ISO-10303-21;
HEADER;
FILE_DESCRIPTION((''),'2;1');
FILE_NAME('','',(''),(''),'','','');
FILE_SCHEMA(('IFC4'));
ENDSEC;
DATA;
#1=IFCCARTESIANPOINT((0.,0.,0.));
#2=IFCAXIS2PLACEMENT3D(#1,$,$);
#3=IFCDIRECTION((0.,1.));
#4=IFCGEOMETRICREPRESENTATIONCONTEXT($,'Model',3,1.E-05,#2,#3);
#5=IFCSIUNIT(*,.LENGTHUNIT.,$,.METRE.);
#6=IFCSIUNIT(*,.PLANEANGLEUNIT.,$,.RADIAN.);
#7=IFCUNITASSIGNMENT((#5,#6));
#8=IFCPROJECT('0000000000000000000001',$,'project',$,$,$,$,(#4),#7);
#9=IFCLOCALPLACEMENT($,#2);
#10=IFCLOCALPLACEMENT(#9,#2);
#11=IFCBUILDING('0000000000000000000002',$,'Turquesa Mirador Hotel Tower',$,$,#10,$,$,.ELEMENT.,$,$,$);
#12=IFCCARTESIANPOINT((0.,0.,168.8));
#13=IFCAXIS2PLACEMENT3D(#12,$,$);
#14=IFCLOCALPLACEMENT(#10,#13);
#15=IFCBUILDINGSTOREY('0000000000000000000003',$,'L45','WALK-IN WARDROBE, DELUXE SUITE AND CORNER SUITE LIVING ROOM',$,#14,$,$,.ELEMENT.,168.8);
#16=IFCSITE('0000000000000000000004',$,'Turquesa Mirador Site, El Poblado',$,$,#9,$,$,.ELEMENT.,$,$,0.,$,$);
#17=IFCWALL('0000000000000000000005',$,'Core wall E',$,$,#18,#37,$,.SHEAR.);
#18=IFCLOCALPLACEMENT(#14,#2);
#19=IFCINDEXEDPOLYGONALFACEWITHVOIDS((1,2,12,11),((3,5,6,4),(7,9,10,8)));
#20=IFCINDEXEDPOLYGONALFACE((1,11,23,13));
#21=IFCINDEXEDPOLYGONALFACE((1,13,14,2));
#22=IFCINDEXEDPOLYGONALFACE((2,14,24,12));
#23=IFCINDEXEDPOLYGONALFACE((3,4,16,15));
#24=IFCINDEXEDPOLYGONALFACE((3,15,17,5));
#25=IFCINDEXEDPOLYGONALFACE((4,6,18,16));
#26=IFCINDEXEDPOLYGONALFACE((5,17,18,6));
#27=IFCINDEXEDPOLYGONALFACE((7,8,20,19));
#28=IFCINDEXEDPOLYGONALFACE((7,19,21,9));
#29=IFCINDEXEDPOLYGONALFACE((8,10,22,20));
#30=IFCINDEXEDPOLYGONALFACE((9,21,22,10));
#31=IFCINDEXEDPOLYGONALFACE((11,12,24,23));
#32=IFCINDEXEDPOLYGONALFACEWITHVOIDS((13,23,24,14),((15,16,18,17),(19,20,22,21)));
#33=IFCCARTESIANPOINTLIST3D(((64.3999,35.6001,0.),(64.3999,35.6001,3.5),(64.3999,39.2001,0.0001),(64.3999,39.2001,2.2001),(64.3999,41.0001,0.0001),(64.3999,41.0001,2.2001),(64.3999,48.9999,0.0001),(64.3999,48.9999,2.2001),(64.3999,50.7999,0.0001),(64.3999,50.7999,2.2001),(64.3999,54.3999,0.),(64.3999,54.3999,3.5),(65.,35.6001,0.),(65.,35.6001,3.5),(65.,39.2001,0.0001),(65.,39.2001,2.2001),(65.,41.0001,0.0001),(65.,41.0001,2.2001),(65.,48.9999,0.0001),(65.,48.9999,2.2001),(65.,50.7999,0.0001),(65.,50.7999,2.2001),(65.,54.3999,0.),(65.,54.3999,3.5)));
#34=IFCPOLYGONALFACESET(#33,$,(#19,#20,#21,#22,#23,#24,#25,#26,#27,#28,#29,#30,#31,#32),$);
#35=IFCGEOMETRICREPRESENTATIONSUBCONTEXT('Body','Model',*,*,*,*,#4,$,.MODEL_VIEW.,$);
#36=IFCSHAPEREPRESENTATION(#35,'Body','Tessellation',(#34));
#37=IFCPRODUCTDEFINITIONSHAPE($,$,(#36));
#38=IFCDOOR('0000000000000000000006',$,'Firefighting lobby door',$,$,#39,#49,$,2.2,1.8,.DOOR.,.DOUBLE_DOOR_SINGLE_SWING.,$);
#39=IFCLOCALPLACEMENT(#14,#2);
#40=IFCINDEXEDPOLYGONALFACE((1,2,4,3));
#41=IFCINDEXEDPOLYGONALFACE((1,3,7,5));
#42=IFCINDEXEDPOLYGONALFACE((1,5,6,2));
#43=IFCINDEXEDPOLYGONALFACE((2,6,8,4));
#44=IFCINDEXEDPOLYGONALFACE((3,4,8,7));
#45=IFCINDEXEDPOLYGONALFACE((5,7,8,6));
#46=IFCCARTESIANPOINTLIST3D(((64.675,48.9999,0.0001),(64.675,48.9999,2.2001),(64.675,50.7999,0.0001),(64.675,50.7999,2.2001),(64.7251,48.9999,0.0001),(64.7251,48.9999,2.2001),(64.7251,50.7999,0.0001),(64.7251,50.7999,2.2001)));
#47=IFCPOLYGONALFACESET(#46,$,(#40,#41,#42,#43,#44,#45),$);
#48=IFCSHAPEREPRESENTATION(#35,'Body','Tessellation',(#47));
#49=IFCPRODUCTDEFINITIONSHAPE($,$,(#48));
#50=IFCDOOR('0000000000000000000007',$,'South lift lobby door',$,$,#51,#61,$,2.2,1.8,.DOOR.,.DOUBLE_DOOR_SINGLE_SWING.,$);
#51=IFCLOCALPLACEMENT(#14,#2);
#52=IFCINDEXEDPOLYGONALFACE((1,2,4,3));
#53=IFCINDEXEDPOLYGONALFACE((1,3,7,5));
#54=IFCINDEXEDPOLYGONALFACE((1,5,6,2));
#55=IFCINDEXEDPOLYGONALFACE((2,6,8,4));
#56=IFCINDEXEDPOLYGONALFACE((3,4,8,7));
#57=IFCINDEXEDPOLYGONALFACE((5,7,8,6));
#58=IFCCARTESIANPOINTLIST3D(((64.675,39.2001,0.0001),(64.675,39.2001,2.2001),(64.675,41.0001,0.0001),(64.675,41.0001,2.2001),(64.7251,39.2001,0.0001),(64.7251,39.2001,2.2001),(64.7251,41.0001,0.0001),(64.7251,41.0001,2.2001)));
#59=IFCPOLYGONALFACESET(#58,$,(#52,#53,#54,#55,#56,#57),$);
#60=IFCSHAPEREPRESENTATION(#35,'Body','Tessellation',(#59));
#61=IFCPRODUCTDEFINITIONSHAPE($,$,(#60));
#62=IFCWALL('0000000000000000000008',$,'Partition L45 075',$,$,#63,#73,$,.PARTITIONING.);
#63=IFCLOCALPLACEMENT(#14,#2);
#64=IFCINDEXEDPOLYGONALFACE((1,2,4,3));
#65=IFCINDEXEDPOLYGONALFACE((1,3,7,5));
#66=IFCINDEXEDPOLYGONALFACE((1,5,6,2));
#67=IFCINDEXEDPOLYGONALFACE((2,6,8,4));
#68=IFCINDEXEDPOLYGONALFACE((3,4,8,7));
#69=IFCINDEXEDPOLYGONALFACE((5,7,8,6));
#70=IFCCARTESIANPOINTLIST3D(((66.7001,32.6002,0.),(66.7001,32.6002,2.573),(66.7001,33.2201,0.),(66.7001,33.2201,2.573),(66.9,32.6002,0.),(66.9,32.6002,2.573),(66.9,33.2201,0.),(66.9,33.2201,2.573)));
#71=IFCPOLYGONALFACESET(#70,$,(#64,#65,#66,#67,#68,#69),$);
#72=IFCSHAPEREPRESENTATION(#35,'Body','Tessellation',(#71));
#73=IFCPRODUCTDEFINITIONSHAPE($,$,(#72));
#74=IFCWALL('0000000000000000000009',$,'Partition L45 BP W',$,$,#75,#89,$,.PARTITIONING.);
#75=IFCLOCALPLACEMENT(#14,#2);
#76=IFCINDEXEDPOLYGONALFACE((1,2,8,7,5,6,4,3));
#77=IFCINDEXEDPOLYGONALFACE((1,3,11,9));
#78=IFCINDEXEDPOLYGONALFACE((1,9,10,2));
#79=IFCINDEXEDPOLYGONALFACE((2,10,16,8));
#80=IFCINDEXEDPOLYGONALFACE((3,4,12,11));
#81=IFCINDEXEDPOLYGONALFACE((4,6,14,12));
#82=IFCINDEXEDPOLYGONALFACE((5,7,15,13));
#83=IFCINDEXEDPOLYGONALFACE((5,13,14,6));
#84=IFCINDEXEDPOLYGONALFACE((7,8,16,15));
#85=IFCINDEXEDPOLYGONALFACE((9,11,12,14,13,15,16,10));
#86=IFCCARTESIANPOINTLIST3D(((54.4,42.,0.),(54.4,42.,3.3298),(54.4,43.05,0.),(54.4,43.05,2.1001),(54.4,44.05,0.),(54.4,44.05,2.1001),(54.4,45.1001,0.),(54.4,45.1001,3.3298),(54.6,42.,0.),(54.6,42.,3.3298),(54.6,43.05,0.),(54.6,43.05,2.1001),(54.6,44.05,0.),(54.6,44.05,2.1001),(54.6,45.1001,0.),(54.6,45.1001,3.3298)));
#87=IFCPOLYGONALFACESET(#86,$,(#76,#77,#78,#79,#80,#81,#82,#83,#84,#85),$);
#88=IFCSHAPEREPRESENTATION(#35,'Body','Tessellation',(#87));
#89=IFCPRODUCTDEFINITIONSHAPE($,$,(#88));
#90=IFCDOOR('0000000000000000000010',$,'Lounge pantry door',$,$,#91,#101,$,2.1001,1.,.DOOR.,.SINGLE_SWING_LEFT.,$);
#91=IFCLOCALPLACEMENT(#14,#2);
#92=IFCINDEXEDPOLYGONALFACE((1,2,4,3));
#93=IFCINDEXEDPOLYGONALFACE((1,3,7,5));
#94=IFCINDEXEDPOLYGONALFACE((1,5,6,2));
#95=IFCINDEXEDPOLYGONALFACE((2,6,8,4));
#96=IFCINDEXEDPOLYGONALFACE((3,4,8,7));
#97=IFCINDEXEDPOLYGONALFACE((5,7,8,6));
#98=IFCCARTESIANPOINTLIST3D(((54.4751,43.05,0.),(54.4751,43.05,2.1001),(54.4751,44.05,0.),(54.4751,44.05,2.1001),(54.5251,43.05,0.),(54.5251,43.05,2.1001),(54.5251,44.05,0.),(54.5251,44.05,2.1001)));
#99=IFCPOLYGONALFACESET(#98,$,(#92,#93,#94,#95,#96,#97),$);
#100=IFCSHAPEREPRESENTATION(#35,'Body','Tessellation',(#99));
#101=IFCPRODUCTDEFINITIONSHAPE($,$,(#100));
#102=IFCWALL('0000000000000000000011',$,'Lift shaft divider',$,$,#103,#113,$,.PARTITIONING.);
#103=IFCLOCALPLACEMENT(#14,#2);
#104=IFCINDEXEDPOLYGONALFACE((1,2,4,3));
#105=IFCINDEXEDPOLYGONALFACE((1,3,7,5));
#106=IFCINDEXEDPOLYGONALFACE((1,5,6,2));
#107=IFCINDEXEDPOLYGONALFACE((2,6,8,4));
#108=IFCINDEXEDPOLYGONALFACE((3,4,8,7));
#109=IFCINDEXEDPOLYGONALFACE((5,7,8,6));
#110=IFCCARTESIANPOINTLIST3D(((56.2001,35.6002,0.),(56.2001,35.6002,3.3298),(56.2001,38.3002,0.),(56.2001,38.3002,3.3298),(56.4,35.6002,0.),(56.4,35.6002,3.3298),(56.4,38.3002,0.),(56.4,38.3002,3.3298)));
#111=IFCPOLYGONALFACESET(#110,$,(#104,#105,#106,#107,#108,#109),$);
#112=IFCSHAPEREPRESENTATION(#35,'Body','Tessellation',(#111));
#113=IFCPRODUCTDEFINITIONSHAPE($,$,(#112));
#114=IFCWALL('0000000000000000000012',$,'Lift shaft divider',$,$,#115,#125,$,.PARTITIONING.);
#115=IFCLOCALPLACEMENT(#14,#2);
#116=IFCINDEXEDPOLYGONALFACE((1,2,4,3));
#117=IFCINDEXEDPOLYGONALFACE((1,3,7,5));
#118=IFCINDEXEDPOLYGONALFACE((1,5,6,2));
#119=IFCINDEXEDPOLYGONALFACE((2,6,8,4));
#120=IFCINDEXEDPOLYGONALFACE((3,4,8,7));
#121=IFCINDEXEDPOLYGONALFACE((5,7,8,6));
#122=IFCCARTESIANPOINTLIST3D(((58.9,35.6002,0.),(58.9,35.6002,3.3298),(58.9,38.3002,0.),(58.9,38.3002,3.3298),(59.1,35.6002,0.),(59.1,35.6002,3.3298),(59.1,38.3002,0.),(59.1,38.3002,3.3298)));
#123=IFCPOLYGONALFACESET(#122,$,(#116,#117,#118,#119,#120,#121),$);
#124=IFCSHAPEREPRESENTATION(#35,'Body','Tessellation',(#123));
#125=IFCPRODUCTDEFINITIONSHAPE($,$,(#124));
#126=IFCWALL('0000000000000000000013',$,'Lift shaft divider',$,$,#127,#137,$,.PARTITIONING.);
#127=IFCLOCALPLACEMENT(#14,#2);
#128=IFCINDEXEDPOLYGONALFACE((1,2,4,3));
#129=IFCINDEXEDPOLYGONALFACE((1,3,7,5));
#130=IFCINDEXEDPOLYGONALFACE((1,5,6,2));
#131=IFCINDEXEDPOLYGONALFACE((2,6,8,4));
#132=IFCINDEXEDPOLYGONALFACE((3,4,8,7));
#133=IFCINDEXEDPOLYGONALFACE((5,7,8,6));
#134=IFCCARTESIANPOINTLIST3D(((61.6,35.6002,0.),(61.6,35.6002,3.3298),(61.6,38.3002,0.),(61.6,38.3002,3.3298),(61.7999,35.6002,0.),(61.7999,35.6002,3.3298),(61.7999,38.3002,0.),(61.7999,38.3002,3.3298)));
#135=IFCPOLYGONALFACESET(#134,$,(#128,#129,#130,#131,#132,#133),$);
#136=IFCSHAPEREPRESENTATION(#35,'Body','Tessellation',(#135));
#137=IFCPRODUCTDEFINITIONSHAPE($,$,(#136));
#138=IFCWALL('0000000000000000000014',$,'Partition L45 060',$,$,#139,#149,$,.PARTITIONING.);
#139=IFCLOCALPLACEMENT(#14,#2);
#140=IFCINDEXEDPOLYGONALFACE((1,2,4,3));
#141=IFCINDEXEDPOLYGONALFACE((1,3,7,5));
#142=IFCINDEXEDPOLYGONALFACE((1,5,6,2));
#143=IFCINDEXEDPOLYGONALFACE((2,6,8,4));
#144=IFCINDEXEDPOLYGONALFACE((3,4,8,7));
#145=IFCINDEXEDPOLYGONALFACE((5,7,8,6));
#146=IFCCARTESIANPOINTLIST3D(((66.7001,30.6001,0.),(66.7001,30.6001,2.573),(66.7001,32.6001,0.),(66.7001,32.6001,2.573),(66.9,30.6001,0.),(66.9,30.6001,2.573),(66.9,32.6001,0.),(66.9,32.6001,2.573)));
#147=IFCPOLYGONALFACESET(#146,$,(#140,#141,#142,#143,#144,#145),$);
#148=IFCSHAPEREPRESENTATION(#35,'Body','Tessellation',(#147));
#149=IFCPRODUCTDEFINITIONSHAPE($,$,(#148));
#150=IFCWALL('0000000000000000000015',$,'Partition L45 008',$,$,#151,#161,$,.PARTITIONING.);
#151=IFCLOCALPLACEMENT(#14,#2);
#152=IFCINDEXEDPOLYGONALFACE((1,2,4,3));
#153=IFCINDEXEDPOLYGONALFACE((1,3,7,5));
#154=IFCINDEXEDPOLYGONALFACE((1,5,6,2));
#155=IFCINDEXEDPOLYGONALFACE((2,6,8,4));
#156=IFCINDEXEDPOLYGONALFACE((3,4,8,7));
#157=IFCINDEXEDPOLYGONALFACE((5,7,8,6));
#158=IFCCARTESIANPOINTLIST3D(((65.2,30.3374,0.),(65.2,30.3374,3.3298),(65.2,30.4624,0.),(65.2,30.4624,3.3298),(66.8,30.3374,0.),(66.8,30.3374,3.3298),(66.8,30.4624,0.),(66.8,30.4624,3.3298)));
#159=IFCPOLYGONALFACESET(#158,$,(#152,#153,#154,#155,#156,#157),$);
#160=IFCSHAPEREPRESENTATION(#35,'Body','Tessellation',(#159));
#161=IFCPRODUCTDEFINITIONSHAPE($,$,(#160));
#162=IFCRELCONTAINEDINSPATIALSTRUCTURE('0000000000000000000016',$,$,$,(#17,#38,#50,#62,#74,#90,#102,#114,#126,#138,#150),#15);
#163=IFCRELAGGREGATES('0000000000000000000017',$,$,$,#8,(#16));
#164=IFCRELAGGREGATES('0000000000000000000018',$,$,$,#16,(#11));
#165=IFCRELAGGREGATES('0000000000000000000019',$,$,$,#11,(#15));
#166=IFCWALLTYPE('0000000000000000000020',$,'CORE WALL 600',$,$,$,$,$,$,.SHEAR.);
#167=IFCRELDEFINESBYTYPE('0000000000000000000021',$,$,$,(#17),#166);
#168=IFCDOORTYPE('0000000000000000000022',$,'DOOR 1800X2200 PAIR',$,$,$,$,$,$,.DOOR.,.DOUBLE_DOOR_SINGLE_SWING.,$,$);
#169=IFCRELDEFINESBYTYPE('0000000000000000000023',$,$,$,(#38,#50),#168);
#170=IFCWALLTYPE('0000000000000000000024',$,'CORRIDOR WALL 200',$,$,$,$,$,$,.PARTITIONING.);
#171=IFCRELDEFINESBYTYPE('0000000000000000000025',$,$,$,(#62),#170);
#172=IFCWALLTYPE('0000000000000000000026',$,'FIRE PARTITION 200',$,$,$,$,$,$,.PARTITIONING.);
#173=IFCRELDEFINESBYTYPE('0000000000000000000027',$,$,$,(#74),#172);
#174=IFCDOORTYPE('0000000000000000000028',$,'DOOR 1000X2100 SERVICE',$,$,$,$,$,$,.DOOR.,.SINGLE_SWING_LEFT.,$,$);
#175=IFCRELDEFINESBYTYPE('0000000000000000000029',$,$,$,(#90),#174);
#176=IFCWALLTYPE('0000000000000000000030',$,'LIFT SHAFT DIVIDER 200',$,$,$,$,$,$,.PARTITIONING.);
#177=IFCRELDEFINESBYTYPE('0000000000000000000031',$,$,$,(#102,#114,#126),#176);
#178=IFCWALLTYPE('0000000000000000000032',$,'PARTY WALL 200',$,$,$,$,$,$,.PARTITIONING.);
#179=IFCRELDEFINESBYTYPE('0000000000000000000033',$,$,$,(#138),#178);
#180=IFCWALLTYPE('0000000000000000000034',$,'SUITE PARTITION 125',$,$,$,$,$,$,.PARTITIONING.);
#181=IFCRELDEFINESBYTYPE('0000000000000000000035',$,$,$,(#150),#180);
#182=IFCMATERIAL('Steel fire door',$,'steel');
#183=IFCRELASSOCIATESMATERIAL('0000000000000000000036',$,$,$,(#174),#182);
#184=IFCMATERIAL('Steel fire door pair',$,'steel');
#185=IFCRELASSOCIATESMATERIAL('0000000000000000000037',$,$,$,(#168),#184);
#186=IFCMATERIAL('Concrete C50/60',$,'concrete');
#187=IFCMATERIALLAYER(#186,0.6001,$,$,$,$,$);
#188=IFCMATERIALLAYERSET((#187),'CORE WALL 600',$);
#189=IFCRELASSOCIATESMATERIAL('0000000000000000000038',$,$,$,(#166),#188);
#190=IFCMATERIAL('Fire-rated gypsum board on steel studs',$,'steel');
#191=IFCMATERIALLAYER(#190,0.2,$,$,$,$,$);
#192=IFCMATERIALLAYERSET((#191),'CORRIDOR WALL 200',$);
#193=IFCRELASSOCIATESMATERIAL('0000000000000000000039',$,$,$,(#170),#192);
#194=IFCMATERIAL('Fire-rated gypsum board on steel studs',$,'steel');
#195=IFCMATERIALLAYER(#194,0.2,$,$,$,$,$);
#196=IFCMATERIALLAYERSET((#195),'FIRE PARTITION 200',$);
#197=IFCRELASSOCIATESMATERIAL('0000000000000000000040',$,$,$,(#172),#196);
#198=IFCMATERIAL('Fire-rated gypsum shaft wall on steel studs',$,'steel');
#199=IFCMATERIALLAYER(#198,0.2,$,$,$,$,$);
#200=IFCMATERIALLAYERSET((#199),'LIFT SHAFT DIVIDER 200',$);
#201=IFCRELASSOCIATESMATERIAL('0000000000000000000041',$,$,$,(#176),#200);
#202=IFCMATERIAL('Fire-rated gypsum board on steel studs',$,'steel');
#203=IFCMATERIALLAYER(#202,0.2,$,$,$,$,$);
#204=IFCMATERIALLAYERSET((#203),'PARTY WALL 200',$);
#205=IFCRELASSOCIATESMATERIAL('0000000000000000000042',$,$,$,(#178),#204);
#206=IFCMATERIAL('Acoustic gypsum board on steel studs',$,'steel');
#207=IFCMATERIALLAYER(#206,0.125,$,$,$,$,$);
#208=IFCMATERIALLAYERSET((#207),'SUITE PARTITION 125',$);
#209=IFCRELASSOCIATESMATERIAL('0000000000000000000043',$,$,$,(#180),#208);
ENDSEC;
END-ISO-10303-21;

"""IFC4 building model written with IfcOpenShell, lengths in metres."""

from ifc_helpers import new_model, si_unit, direction, frame, frame_2d, origin, place, context, subcontext, project, spatial, rectangle, extrude, material, layer, layer_set, type_object, element, fill, save


model = new_model("IFC4")

# Units and contexts
model_context = context("Model", 3, precision=1e-05, world=origin(), true_north=direction((0.0, 1.0)))
body_context = subcontext(model_context, "Body", "Model", "MODEL_VIEW")
ifc_project = project(units=[si_unit("LENGTHUNIT", "METRE"), si_unit("PLANEANGLEUNIT", "RADIAN")], contexts=[model_context])

# Site, building, storey
site_placement = place(None, origin())
site = spatial("IfcSite", under=ifc_project, at=site_placement, Name="Turquesa Mirador Site, El Poblado", CompositionType="ELEMENT", RefElevation=0.0)
building_placement = place(site_placement, origin())
building = spatial("IfcBuilding", under=site, at=building_placement, Name="Turquesa Mirador Hotel Tower", CompositionType="ELEMENT")
storey_placement = place(building_placement, frame((0.0, 0.0, 168.8)))
storey = spatial("IfcBuildingStorey", under=building, at=storey_placement, Name="L45", Description="WALK-IN WARDROBE, DELUXE SUITE AND CORNER SUITE LIVING ROOM", CompositionType="ELEMENT", Elevation=168.8)

# Shared definitions
ifc_material_1 = material(Name="Steel fire door", Category="steel")
door_type_1 = type_object("IfcDoorType", Name="DOOR 1000X2100 SERVICE", OperationType="SINGLE_SWING_LEFT", PredefinedType="DOOR", material=ifc_material_1)
ifc_material_2 = material(Name="Steel fire door pair", Category="steel")
door_type_2 = type_object("IfcDoorType", Name="DOOR 1800X2200 PAIR", OperationType="DOUBLE_DOOR_SINGLE_SWING", PredefinedType="DOOR", material=ifc_material_2)

# Wall, openings, doors
ifc_material_3 = material(Name="Concrete C50/60", Category="concrete")
ifc_layer_1 = layer(ifc_material_3, 0.6001)
ifc_layer_set_1 = layer_set([ifc_layer_1], Name="CORE WALL 600")
wall_type_1 = type_object("IfcWallType", Name="CORE WALL 600", PredefinedType="SHEAR", material=ifc_layer_set_1)
wall_1_placement = place(storey_placement, frame((64.7, 35.6001, 0.0), z_axis=(0.0, 0.0, 1.0), x_axis=(0.0, 1.0, 0.0)))
wall_1 = element("IfcWall", 1, at=wall_1_placement, inside=storey, type_object=wall_type_1, Name="Core wall E", PredefinedType="SHEAR", context=body_context, shape_type="SweptSolid", body=[
    extrude(rectangle(XDim=18.7998, YDim=0.6001, at=frame_2d((9.3999, 0.0))), origin(), (0.0, 0.0, 1.0), 3.5),
])
opening_1_placement = place(wall_1_placement, frame((13.3999, 0.0, 0.0)))
opening_1 = element("IfcOpeningElement", 2, at=opening_1_placement, cuts=wall_1, PredefinedType="OPENING", context=body_context, shape_type="SweptSolid", body=[
    extrude(rectangle(XDim=1.8, YDim=2.2, at=frame_2d((0.8999, 1.1001))), frame((0.0, 0.3101, 0.0), z_axis=(0.0, -1.0, 0.0), x_axis=(1.0, 0.0, 0.0)), (0.0, 0.0, 1.0), 0.6201),
])
opening_2_placement = place(wall_1_placement, frame((3.6001, 0.0, 0.0)))
opening_2 = element("IfcOpeningElement", 3, at=opening_2_placement, cuts=wall_1, PredefinedType="OPENING", context=body_context, shape_type="SweptSolid", body=[
    extrude(rectangle(XDim=1.8, YDim=2.2, at=frame_2d((0.8999, 1.1001))), frame((0.0, 0.3101, 0.0), z_axis=(0.0, -1.0, 0.0), x_axis=(1.0, 0.0, 0.0)), (0.0, 0.0, 1.0), 0.6201),
])
door_1_placement = place(opening_1_placement, origin())
door_1 = element("IfcDoor", 4, at=door_1_placement, inside=storey, type_object=door_type_2, Name="Firefighting lobby door", OperationType="DOUBLE_DOOR_SINGLE_SWING", OverallHeight=2.2, OverallWidth=1.8, PredefinedType="DOOR", context=body_context, shape_type="SweptSolid", body=[
    extrude(rectangle(XDim=1.8, YDim=2.2, at=frame_2d((0.8999, 1.1001))), frame((0.0, 0.0249, 0.0), z_axis=(0.0, -1.0, 0.0), x_axis=(1.0, 0.0, 0.0)), (0.0, 0.0, 1.0), 0.05),
])
fill(opening_1, door_1)
door_2_placement = place(opening_2_placement, origin())
door_2 = element("IfcDoor", 5, at=door_2_placement, inside=storey, type_object=door_type_2, Name="South lift lobby door", OperationType="DOUBLE_DOOR_SINGLE_SWING", OverallHeight=2.2, OverallWidth=1.8, PredefinedType="DOOR", context=body_context, shape_type="SweptSolid", body=[
    extrude(rectangle(XDim=1.8, YDim=2.2, at=frame_2d((0.8999, 1.1001))), frame((0.0, 0.0249, 0.0), z_axis=(0.0, -1.0, 0.0), x_axis=(1.0, 0.0, 0.0)), (0.0, 0.0, 1.0), 0.05),
])
fill(opening_2, door_2)

# Wall
ifc_material_4 = material(Name="Fire-rated gypsum board on steel studs", Category="steel")
ifc_layer_2 = layer(ifc_material_4, 0.2)
ifc_layer_set_2 = layer_set([ifc_layer_2], Name="CORRIDOR WALL 200")
wall_type_2 = type_object("IfcWallType", Name="CORRIDOR WALL 200", PredefinedType="PARTITIONING", material=ifc_layer_set_2)
wall_2_placement = place(storey_placement, frame((66.8, 32.6001, 0.0), z_axis=(0.0, 0.0, 1.0), x_axis=(0.0, 1.0, 0.0)))
element("IfcWall", 6, at=wall_2_placement, inside=storey, type_object=wall_type_2, Name="Partition L45 075", PredefinedType="PARTITIONING", context=body_context, shape_type="SweptSolid", body=[
    extrude(rectangle(XDim=0.6199, YDim=0.2, at=frame_2d((0.3101, 0.0))), origin(), (0.0, 0.0, 1.0), 2.573),
])

# Wall, opening, door
ifc_material_5 = material(Name="Fire-rated gypsum board on steel studs", Category="steel")
ifc_layer_3 = layer(ifc_material_5, 0.2)
ifc_layer_set_3 = layer_set([ifc_layer_3], Name="FIRE PARTITION 200")
wall_type_3 = type_object("IfcWallType", Name="FIRE PARTITION 200", PredefinedType="PARTITIONING", material=ifc_layer_set_3)
wall_3_placement = place(storey_placement, frame((54.5, 42.0, 0.0), z_axis=(0.0, 0.0, 1.0), x_axis=(0.0, 1.0, 0.0)))
wall_3 = element("IfcWall", 7, at=wall_3_placement, inside=storey, type_object=wall_type_3, Name="Partition L45 BP W", PredefinedType="PARTITIONING", context=body_context, shape_type="SweptSolid", body=[
    extrude(rectangle(XDim=3.1001, YDim=0.2, at=frame_2d((1.55, 0.0))), origin(), (0.0, 0.0, 1.0), 3.3298),
])
opening_3_placement = place(wall_3_placement, frame((1.05, 0.0, 0.0)))
opening_3 = element("IfcOpeningElement", 8, at=opening_3_placement, cuts=wall_3, PredefinedType="OPENING", context=body_context, shape_type="SweptSolid", body=[
    extrude(rectangle(XDim=1.0, YDim=2.1001, at=frame_2d((0.5, 1.05))), frame((0.0, 0.1099, 0.0), z_axis=(0.0, -1.0, 0.0), x_axis=(1.0, 0.0, 0.0)), (0.0, 0.0, 1.0), 0.22),
])
door_3_placement = place(opening_3_placement, origin())
door_3 = element("IfcDoor", 9, at=door_3_placement, inside=storey, type_object=door_type_1, Name="Lounge pantry door", OperationType="SINGLE_SWING_LEFT", OverallHeight=2.1001, OverallWidth=1.0, PredefinedType="DOOR", context=body_context, shape_type="SweptSolid", body=[
    extrude(rectangle(XDim=1.0, YDim=2.1001, at=frame_2d((0.5, 1.05))), frame((0.0, 0.0249, 0.0), z_axis=(0.0, -1.0, 0.0), x_axis=(1.0, 0.0, 0.0)), (0.0, 0.0, 1.0), 0.05),
])
fill(opening_3, door_3)

# Walls
ifc_material_6 = material(Name="Fire-rated gypsum shaft wall on steel studs", Category="steel")
ifc_layer_4 = layer(ifc_material_6, 0.2)
ifc_layer_set_4 = layer_set([ifc_layer_4], Name="LIFT SHAFT DIVIDER 200")
wall_type_4 = type_object("IfcWallType", Name="LIFT SHAFT DIVIDER 200", PredefinedType="PARTITIONING", material=ifc_layer_set_4)
for number, where, z_axis, x_axis, name in (
    (10, (56.3, 35.6001, 0.0), (0.0, 0.0, 1.0), (0.0, 1.0, 0.0), "Lift shaft divider"),
    (11, (59.0, 35.6001, 0.0), (0.0, 0.0, 1.0), (0.0, 1.0, 0.0), "Lift shaft divider"),
    (12, (61.7, 35.6001, 0.0), (0.0, 0.0, 1.0), (0.0, 1.0, 0.0), "Lift shaft divider"),
):
    element("IfcWall", number, at=place(storey_placement, frame(where, z_axis=z_axis, x_axis=x_axis)), inside=storey, type_object=wall_type_4, Name=name, PredefinedType="PARTITIONING", context=body_context, shape_type="SweptSolid", body=[
        extrude(rectangle(XDim=2.7, YDim=0.2, at=frame_2d((1.3501, 0.0))), origin(), (0.0, 0.0, 1.0), 3.3298),
    ])
ifc_material_7 = material(Name="Fire-rated gypsum board on steel studs", Category="steel")
ifc_layer_5 = layer(ifc_material_7, 0.2)
ifc_layer_set_5 = layer_set([ifc_layer_5], Name="PARTY WALL 200")
wall_type_5 = type_object("IfcWallType", Name="PARTY WALL 200", PredefinedType="PARTITIONING", material=ifc_layer_set_5)
wall_4_placement = place(storey_placement, frame((66.8, 30.6001, 0.0), z_axis=(0.0, 0.0, 1.0), x_axis=(0.0, 1.0, 0.0)))
element("IfcWall", 13, at=wall_4_placement, inside=storey, type_object=wall_type_5, Name="Partition L45 060", PredefinedType="PARTITIONING", context=body_context, shape_type="SweptSolid", body=[
    extrude(rectangle(XDim=2.0, YDim=0.2, at=frame_2d((1.0, 0.0))), origin(), (0.0, 0.0, 1.0), 2.573),
])
ifc_material_8 = material(Name="Acoustic gypsum board on steel studs", Category="steel")
ifc_layer_6 = layer(ifc_material_8, 0.125)
ifc_layer_set_6 = layer_set([ifc_layer_6], Name="SUITE PARTITION 125")
wall_type_6 = type_object("IfcWallType", Name="SUITE PARTITION 125", PredefinedType="PARTITIONING", material=ifc_layer_set_6)
wall_5_placement = place(storey_placement, frame((65.2, 30.3999, 0.0), z_axis=(0.0, 0.0, 1.0), x_axis=(1.0, 0.0, 0.0)))
element("IfcWall", 14, at=wall_5_placement, inside=storey, type_object=wall_type_6, Name="Partition L45 008", PredefinedType="PARTITIONING", context=body_context, shape_type="SweptSolid", body=[
    extrude(rectangle(XDim=1.6001, YDim=0.125, at=frame_2d((0.8, 0.0))), origin(), (0.0, 0.0, 1.0), 3.3298),
])

save(model, "model.ifc")
